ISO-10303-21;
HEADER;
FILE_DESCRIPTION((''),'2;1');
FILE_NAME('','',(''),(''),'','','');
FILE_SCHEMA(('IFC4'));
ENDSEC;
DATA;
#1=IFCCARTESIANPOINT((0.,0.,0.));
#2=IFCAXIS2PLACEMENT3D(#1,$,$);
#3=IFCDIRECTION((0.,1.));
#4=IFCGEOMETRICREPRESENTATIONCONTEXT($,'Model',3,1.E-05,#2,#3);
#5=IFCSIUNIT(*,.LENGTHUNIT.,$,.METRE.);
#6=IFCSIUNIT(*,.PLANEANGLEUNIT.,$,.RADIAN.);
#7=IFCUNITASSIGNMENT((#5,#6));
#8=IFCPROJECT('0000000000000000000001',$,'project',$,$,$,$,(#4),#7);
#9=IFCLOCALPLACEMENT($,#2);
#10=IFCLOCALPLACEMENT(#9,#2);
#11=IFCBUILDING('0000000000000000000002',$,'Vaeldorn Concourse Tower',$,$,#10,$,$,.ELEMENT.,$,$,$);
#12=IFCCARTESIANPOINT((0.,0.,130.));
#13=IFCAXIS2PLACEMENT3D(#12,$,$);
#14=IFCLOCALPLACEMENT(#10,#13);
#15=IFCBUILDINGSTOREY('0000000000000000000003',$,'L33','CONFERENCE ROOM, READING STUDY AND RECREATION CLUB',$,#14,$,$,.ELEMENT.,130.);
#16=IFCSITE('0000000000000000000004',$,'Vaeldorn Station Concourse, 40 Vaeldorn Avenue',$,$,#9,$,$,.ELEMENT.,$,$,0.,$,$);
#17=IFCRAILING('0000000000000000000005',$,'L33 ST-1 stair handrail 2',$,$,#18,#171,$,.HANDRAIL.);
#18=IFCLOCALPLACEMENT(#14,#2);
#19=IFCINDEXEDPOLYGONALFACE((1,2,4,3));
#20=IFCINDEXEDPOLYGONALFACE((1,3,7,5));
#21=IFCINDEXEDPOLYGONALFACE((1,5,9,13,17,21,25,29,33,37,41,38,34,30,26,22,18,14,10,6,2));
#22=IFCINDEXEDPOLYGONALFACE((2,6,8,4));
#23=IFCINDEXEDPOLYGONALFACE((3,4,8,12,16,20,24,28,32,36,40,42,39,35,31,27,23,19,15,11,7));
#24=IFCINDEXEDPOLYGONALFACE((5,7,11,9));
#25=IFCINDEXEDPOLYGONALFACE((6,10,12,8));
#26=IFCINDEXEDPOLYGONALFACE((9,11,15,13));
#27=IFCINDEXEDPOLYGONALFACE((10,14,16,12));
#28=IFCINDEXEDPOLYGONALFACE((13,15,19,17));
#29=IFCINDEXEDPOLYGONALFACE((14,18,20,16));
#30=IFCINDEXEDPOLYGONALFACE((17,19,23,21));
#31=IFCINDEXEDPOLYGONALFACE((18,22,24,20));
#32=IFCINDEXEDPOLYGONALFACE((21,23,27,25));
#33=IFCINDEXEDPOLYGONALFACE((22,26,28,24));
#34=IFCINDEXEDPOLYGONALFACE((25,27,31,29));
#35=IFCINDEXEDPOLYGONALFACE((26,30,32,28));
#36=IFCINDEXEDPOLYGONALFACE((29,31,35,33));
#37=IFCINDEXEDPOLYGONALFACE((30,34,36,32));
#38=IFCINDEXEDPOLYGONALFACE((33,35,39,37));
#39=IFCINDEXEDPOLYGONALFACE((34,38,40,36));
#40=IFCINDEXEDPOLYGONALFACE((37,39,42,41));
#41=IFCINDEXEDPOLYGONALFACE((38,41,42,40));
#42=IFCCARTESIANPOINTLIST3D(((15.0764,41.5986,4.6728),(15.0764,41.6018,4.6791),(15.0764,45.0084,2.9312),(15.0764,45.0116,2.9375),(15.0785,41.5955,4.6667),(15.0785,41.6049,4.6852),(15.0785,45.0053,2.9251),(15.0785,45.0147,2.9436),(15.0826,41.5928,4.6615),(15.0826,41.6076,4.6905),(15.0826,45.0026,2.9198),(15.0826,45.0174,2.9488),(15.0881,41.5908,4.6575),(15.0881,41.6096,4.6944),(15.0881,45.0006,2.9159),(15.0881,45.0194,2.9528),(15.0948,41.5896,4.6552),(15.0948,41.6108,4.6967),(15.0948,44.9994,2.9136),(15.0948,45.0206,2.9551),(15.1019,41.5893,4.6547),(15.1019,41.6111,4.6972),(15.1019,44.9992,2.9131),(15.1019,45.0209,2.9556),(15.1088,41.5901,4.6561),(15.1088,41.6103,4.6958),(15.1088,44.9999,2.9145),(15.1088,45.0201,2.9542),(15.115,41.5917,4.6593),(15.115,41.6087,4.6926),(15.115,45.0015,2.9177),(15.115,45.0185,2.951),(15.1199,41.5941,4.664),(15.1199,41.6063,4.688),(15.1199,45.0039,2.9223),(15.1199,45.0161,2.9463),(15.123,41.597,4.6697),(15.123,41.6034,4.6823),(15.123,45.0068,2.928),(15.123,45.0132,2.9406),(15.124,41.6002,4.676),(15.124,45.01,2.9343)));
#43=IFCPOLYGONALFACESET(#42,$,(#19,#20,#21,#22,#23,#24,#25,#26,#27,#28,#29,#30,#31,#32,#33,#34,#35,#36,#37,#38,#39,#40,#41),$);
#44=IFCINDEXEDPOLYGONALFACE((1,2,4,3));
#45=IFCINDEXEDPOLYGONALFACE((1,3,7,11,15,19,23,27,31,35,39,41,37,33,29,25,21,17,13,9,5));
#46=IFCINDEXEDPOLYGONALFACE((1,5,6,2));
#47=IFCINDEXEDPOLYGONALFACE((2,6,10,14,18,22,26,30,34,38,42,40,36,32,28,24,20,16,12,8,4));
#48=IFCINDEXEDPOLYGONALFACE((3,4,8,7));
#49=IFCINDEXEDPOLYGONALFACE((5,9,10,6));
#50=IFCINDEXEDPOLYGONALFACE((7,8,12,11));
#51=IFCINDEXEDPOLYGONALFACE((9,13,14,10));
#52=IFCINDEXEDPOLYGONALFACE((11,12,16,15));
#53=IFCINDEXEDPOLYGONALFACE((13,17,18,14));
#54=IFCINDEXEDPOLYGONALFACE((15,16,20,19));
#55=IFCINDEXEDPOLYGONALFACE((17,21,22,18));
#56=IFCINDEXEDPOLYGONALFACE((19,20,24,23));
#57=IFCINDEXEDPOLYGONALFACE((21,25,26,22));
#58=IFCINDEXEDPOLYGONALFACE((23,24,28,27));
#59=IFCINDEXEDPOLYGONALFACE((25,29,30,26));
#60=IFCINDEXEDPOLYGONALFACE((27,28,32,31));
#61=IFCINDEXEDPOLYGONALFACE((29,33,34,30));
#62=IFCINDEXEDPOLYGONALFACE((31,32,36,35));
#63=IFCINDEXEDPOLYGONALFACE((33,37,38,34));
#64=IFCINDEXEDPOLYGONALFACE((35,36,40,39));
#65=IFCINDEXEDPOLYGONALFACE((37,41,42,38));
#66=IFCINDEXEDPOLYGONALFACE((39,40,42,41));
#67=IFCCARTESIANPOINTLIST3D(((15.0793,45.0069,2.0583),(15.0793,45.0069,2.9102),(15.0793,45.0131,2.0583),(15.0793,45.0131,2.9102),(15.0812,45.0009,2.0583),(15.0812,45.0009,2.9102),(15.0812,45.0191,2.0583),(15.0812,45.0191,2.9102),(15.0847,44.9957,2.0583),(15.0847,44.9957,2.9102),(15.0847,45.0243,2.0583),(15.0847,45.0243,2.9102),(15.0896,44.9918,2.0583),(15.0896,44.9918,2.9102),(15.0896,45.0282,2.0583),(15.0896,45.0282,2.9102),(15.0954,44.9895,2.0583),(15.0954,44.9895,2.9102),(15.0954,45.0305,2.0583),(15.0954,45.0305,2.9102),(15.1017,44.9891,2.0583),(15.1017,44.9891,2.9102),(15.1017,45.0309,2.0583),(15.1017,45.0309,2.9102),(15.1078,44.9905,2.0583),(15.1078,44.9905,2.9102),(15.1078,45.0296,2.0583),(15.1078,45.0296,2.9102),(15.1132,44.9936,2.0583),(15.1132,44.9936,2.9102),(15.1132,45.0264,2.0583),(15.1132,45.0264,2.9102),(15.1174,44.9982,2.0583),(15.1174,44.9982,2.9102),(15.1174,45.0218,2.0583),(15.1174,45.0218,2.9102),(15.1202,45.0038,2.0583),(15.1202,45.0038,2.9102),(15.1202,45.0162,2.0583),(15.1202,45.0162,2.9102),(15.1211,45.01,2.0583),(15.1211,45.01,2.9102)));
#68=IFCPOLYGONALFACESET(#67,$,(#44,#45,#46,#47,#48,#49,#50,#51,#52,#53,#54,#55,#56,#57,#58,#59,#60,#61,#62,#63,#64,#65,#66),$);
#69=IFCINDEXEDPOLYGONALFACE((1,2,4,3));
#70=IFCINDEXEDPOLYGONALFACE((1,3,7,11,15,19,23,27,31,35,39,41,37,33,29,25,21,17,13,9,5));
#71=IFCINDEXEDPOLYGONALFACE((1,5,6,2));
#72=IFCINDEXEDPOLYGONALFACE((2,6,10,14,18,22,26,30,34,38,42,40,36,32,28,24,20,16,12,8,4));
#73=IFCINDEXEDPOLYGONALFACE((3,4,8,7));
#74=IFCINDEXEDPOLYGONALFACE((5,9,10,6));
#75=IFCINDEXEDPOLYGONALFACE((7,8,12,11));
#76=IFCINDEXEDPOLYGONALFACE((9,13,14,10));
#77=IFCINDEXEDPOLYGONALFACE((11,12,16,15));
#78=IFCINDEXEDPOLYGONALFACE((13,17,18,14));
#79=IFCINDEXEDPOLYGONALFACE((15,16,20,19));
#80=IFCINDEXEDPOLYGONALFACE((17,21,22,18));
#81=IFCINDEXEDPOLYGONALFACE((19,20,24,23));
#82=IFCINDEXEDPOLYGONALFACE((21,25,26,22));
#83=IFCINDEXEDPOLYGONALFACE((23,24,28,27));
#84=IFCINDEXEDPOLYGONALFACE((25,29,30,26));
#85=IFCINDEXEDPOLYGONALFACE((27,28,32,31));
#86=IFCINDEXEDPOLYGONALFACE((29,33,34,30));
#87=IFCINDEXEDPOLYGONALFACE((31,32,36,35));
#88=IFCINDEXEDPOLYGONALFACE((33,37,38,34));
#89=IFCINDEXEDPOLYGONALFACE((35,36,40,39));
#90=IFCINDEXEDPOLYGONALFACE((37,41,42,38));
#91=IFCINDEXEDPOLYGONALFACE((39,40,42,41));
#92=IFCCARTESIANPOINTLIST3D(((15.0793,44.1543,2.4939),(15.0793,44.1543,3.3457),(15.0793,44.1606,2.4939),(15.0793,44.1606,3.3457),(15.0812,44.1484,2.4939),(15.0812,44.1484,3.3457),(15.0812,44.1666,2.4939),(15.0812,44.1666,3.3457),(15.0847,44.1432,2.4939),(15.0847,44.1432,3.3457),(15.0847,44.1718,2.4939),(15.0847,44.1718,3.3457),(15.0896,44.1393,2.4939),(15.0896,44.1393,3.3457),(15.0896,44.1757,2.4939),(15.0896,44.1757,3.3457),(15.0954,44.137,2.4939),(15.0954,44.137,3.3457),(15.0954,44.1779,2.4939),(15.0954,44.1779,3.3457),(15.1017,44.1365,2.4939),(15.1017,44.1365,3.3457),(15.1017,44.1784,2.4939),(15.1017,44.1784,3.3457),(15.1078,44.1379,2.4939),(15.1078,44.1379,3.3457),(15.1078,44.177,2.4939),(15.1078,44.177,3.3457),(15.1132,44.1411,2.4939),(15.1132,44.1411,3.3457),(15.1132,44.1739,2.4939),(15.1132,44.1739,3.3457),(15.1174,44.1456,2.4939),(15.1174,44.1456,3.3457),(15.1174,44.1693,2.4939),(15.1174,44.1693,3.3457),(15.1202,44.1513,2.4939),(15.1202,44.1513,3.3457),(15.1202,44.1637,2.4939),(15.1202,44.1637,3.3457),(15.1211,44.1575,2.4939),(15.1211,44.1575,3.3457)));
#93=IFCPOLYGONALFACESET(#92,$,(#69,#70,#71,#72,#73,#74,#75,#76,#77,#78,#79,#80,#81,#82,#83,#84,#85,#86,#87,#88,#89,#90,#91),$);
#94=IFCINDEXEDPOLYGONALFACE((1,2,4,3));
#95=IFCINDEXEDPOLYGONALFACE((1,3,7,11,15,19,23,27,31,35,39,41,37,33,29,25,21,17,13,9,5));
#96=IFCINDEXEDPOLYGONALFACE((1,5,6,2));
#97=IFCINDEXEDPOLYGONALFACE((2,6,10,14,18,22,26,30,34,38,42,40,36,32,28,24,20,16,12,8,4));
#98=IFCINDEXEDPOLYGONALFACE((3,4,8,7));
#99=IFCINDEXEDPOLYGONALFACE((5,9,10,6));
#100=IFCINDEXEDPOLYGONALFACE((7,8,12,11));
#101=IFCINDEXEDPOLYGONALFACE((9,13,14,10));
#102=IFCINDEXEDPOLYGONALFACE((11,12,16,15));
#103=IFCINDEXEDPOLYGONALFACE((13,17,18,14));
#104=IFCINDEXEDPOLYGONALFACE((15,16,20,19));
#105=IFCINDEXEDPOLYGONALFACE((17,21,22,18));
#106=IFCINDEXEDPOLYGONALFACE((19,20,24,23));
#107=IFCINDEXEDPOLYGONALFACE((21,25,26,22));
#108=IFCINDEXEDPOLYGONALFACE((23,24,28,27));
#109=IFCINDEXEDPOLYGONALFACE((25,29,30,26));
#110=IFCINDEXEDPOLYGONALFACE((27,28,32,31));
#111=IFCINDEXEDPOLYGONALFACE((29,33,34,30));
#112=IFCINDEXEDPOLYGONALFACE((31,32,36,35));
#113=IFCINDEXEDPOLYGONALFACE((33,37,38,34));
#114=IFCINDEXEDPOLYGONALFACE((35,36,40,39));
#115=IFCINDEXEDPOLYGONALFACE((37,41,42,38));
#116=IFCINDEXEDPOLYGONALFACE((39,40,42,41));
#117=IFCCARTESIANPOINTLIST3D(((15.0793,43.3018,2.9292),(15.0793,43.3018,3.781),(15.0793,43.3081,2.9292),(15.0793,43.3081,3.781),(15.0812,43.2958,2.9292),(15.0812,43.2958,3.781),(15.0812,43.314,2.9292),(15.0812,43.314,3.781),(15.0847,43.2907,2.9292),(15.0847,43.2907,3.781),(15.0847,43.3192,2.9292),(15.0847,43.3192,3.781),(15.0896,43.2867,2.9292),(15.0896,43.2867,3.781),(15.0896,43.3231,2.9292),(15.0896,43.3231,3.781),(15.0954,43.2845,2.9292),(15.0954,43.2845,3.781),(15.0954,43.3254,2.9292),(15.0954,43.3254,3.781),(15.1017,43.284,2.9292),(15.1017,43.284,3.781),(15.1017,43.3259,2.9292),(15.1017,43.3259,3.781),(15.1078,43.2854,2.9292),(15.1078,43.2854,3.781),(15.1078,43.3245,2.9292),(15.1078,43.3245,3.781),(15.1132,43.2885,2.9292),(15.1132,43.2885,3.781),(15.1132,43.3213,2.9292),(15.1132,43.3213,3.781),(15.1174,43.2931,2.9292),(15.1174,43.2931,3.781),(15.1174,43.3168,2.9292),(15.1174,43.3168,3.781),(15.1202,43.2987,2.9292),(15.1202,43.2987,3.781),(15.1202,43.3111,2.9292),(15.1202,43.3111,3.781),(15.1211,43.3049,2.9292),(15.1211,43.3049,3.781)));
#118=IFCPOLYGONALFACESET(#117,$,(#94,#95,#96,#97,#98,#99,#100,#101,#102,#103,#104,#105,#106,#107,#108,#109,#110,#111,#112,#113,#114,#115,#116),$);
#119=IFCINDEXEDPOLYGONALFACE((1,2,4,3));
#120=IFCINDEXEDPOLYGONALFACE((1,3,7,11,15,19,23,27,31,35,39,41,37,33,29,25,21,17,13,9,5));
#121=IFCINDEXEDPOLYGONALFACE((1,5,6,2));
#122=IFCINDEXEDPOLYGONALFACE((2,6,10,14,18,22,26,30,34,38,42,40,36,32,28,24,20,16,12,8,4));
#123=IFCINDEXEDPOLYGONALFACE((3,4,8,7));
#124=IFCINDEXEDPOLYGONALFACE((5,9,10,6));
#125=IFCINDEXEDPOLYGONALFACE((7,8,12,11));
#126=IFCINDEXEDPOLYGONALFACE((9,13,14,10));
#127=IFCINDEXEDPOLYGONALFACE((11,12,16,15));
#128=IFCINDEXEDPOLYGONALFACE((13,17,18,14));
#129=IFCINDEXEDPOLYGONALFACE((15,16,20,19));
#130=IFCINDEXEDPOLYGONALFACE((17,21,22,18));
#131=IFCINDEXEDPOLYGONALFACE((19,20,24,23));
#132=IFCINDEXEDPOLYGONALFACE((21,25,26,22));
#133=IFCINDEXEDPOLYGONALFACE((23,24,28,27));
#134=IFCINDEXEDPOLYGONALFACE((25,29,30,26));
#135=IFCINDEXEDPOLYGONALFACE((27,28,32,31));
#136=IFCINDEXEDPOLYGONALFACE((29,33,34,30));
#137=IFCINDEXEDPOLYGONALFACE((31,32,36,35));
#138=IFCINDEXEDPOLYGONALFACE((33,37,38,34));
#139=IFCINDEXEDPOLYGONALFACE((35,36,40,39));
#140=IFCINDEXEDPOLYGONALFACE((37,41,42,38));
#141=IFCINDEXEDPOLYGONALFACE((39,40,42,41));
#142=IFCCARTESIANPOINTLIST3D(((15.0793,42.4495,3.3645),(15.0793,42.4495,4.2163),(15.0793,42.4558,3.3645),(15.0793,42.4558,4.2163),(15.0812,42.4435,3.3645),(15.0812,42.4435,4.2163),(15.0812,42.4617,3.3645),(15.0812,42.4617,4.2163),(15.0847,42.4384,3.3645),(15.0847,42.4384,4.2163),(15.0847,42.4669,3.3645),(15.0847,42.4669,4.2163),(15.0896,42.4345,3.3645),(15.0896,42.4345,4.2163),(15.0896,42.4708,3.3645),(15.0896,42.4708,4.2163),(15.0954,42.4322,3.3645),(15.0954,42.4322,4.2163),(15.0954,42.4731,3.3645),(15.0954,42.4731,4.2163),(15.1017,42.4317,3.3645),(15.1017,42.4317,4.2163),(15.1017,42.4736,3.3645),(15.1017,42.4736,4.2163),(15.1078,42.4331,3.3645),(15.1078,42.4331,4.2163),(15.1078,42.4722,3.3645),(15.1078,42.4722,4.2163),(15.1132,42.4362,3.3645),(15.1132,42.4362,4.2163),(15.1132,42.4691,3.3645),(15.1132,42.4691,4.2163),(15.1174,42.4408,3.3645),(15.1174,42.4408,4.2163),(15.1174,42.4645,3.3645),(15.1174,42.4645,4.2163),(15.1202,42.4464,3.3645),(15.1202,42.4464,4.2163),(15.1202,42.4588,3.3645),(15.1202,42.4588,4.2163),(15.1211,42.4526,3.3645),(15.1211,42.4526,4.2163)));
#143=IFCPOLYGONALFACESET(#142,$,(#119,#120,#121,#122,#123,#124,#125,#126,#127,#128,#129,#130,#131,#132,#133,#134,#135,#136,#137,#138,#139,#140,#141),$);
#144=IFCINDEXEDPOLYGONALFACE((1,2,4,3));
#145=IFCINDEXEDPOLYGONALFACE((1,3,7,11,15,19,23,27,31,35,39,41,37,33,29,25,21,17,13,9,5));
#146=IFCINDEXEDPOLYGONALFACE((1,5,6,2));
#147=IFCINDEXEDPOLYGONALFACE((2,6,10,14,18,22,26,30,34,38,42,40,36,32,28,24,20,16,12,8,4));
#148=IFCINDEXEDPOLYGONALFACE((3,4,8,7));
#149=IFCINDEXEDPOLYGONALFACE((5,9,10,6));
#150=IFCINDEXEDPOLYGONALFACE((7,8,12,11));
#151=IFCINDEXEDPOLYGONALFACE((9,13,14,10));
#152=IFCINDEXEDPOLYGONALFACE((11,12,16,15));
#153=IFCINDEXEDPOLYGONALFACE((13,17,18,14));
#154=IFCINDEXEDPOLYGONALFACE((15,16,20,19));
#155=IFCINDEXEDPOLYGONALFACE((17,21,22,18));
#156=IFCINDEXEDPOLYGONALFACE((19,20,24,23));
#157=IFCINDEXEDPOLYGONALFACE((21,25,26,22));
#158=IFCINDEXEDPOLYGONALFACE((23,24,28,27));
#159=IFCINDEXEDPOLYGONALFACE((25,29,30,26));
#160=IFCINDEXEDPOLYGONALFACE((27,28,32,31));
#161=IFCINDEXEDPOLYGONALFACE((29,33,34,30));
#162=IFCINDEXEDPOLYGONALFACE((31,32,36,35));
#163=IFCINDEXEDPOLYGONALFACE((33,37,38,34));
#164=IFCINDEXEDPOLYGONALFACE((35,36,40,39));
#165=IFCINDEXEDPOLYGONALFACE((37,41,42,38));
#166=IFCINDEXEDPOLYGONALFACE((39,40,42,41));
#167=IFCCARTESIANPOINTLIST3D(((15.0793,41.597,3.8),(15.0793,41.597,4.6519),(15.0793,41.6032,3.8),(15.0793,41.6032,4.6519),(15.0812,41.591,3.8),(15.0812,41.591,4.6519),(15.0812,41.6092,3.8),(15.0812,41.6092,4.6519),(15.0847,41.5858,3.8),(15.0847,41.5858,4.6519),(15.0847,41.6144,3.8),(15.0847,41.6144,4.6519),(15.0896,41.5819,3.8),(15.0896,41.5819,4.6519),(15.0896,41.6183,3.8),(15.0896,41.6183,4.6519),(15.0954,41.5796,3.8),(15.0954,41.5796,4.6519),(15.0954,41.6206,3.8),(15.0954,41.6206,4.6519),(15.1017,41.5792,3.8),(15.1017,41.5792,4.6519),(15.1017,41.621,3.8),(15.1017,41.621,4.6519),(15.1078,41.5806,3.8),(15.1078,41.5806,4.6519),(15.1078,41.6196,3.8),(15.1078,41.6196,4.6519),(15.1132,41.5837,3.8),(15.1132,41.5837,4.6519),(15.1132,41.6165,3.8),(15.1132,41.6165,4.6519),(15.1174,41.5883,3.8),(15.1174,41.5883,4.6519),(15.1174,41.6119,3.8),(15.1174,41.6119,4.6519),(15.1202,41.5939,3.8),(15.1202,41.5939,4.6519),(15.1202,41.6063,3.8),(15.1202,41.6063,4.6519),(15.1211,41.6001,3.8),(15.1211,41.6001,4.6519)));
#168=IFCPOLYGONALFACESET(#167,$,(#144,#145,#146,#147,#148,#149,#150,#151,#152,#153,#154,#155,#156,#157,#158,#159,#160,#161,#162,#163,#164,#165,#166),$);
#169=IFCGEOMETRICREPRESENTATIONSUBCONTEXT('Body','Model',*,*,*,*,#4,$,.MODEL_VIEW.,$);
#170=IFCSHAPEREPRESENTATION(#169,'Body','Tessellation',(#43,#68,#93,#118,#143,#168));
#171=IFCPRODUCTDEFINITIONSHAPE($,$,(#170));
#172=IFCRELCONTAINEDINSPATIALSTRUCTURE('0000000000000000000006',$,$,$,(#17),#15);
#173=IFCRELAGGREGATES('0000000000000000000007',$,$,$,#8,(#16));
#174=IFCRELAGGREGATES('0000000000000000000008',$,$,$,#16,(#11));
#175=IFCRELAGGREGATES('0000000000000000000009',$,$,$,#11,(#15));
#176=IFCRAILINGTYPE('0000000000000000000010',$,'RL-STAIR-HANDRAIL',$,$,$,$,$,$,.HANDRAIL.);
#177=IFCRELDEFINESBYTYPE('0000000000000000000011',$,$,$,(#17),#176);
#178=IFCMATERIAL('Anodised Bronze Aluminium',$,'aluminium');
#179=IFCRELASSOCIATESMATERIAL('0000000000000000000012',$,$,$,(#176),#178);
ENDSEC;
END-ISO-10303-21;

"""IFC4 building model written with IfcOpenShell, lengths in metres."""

from ifc_helpers import new_model, si_unit, direction, frame, origin, origin_2d, place, context, subcontext, project, spatial, circle, extrude, material, type_object, element, save


model = new_model("IFC4")

# Units and contexts
model_context = context("Model", 3, precision=1e-05, world=origin(), true_north=direction((0.0, 1.0)))
body_context = subcontext(model_context, "Body", "Model", "MODEL_VIEW")
ifc_project = project(units=[si_unit("LENGTHUNIT", "METRE"), si_unit("PLANEANGLEUNIT", "RADIAN")], contexts=[model_context])

# Site, building, storey
site_placement = place(None, origin())
site = spatial("IfcSite", under=ifc_project, at=site_placement, Name="Vaeldorn Station Concourse, 40 Vaeldorn Avenue", CompositionType="ELEMENT", RefElevation=0.0)
building_placement = place(site_placement, origin())
building = spatial("IfcBuilding", under=site, at=building_placement, Name="Vaeldorn Concourse Tower", CompositionType="ELEMENT")
storey_placement = place(building_placement, frame((0.0, 0.0, 130.0)))
storey = spatial("IfcBuildingStorey", under=building, at=storey_placement, Name="L33", Description="CONFERENCE ROOM, READING STUDY AND RECREATION CLUB", CompositionType="ELEMENT", Elevation=130.0)

# Shared definitions
ifc_material_1 = material(Name="Anodised Bronze Aluminium", Category="aluminium")

# Railing
railing_type_1 = type_object("IfcRailingType", Name="RL-STAIR-HANDRAIL", PredefinedType="HANDRAIL", material=ifc_material_1)
railing_1_placement = place(storey_placement, frame((15.1001, 45.01, 2.0583)))
element("IfcRailing", 1, at=railing_1_placement, inside=storey, type_object=railing_type_1, Name="L33 ST-1 stair handrail 2", PredefinedType="HANDRAIL", context=body_context, shape_type="SweptSolid", body=[
    extrude(circle(Radius=0.0239, at=origin_2d()), frame((0.0, 0.0, 0.876), z_axis=(0.0, -0.890556, 0.454874), x_axis=(1.0, 0.0, 0.0)), (0.0, 0.0, 1.0), 3.8289),
    extrude(circle(Radius=0.021, at=origin_2d()), origin(), (0.0, 0.0, 1.0), 0.8518),
    extrude(circle(Radius=0.021, at=origin_2d()), frame((0.0, -0.8525, 0.4355)), (0.0, 0.0, 1.0), 0.8518),
    extrude(circle(Radius=0.021, at=origin_2d()), frame((0.0, -1.7051, 0.8708)), (0.0, 0.0, 1.0), 0.8518),
    extrude(circle(Radius=0.021, at=origin_2d()), frame((0.0, -2.5574, 1.3062)), (0.0, 0.0, 1.0), 0.8518),
    extrude(circle(Radius=0.021, at=origin_2d()), frame((0.0, -3.4099, 1.7417)), (0.0, 0.0, 1.0), 0.8518),
])

save(model, "model.ifc")
